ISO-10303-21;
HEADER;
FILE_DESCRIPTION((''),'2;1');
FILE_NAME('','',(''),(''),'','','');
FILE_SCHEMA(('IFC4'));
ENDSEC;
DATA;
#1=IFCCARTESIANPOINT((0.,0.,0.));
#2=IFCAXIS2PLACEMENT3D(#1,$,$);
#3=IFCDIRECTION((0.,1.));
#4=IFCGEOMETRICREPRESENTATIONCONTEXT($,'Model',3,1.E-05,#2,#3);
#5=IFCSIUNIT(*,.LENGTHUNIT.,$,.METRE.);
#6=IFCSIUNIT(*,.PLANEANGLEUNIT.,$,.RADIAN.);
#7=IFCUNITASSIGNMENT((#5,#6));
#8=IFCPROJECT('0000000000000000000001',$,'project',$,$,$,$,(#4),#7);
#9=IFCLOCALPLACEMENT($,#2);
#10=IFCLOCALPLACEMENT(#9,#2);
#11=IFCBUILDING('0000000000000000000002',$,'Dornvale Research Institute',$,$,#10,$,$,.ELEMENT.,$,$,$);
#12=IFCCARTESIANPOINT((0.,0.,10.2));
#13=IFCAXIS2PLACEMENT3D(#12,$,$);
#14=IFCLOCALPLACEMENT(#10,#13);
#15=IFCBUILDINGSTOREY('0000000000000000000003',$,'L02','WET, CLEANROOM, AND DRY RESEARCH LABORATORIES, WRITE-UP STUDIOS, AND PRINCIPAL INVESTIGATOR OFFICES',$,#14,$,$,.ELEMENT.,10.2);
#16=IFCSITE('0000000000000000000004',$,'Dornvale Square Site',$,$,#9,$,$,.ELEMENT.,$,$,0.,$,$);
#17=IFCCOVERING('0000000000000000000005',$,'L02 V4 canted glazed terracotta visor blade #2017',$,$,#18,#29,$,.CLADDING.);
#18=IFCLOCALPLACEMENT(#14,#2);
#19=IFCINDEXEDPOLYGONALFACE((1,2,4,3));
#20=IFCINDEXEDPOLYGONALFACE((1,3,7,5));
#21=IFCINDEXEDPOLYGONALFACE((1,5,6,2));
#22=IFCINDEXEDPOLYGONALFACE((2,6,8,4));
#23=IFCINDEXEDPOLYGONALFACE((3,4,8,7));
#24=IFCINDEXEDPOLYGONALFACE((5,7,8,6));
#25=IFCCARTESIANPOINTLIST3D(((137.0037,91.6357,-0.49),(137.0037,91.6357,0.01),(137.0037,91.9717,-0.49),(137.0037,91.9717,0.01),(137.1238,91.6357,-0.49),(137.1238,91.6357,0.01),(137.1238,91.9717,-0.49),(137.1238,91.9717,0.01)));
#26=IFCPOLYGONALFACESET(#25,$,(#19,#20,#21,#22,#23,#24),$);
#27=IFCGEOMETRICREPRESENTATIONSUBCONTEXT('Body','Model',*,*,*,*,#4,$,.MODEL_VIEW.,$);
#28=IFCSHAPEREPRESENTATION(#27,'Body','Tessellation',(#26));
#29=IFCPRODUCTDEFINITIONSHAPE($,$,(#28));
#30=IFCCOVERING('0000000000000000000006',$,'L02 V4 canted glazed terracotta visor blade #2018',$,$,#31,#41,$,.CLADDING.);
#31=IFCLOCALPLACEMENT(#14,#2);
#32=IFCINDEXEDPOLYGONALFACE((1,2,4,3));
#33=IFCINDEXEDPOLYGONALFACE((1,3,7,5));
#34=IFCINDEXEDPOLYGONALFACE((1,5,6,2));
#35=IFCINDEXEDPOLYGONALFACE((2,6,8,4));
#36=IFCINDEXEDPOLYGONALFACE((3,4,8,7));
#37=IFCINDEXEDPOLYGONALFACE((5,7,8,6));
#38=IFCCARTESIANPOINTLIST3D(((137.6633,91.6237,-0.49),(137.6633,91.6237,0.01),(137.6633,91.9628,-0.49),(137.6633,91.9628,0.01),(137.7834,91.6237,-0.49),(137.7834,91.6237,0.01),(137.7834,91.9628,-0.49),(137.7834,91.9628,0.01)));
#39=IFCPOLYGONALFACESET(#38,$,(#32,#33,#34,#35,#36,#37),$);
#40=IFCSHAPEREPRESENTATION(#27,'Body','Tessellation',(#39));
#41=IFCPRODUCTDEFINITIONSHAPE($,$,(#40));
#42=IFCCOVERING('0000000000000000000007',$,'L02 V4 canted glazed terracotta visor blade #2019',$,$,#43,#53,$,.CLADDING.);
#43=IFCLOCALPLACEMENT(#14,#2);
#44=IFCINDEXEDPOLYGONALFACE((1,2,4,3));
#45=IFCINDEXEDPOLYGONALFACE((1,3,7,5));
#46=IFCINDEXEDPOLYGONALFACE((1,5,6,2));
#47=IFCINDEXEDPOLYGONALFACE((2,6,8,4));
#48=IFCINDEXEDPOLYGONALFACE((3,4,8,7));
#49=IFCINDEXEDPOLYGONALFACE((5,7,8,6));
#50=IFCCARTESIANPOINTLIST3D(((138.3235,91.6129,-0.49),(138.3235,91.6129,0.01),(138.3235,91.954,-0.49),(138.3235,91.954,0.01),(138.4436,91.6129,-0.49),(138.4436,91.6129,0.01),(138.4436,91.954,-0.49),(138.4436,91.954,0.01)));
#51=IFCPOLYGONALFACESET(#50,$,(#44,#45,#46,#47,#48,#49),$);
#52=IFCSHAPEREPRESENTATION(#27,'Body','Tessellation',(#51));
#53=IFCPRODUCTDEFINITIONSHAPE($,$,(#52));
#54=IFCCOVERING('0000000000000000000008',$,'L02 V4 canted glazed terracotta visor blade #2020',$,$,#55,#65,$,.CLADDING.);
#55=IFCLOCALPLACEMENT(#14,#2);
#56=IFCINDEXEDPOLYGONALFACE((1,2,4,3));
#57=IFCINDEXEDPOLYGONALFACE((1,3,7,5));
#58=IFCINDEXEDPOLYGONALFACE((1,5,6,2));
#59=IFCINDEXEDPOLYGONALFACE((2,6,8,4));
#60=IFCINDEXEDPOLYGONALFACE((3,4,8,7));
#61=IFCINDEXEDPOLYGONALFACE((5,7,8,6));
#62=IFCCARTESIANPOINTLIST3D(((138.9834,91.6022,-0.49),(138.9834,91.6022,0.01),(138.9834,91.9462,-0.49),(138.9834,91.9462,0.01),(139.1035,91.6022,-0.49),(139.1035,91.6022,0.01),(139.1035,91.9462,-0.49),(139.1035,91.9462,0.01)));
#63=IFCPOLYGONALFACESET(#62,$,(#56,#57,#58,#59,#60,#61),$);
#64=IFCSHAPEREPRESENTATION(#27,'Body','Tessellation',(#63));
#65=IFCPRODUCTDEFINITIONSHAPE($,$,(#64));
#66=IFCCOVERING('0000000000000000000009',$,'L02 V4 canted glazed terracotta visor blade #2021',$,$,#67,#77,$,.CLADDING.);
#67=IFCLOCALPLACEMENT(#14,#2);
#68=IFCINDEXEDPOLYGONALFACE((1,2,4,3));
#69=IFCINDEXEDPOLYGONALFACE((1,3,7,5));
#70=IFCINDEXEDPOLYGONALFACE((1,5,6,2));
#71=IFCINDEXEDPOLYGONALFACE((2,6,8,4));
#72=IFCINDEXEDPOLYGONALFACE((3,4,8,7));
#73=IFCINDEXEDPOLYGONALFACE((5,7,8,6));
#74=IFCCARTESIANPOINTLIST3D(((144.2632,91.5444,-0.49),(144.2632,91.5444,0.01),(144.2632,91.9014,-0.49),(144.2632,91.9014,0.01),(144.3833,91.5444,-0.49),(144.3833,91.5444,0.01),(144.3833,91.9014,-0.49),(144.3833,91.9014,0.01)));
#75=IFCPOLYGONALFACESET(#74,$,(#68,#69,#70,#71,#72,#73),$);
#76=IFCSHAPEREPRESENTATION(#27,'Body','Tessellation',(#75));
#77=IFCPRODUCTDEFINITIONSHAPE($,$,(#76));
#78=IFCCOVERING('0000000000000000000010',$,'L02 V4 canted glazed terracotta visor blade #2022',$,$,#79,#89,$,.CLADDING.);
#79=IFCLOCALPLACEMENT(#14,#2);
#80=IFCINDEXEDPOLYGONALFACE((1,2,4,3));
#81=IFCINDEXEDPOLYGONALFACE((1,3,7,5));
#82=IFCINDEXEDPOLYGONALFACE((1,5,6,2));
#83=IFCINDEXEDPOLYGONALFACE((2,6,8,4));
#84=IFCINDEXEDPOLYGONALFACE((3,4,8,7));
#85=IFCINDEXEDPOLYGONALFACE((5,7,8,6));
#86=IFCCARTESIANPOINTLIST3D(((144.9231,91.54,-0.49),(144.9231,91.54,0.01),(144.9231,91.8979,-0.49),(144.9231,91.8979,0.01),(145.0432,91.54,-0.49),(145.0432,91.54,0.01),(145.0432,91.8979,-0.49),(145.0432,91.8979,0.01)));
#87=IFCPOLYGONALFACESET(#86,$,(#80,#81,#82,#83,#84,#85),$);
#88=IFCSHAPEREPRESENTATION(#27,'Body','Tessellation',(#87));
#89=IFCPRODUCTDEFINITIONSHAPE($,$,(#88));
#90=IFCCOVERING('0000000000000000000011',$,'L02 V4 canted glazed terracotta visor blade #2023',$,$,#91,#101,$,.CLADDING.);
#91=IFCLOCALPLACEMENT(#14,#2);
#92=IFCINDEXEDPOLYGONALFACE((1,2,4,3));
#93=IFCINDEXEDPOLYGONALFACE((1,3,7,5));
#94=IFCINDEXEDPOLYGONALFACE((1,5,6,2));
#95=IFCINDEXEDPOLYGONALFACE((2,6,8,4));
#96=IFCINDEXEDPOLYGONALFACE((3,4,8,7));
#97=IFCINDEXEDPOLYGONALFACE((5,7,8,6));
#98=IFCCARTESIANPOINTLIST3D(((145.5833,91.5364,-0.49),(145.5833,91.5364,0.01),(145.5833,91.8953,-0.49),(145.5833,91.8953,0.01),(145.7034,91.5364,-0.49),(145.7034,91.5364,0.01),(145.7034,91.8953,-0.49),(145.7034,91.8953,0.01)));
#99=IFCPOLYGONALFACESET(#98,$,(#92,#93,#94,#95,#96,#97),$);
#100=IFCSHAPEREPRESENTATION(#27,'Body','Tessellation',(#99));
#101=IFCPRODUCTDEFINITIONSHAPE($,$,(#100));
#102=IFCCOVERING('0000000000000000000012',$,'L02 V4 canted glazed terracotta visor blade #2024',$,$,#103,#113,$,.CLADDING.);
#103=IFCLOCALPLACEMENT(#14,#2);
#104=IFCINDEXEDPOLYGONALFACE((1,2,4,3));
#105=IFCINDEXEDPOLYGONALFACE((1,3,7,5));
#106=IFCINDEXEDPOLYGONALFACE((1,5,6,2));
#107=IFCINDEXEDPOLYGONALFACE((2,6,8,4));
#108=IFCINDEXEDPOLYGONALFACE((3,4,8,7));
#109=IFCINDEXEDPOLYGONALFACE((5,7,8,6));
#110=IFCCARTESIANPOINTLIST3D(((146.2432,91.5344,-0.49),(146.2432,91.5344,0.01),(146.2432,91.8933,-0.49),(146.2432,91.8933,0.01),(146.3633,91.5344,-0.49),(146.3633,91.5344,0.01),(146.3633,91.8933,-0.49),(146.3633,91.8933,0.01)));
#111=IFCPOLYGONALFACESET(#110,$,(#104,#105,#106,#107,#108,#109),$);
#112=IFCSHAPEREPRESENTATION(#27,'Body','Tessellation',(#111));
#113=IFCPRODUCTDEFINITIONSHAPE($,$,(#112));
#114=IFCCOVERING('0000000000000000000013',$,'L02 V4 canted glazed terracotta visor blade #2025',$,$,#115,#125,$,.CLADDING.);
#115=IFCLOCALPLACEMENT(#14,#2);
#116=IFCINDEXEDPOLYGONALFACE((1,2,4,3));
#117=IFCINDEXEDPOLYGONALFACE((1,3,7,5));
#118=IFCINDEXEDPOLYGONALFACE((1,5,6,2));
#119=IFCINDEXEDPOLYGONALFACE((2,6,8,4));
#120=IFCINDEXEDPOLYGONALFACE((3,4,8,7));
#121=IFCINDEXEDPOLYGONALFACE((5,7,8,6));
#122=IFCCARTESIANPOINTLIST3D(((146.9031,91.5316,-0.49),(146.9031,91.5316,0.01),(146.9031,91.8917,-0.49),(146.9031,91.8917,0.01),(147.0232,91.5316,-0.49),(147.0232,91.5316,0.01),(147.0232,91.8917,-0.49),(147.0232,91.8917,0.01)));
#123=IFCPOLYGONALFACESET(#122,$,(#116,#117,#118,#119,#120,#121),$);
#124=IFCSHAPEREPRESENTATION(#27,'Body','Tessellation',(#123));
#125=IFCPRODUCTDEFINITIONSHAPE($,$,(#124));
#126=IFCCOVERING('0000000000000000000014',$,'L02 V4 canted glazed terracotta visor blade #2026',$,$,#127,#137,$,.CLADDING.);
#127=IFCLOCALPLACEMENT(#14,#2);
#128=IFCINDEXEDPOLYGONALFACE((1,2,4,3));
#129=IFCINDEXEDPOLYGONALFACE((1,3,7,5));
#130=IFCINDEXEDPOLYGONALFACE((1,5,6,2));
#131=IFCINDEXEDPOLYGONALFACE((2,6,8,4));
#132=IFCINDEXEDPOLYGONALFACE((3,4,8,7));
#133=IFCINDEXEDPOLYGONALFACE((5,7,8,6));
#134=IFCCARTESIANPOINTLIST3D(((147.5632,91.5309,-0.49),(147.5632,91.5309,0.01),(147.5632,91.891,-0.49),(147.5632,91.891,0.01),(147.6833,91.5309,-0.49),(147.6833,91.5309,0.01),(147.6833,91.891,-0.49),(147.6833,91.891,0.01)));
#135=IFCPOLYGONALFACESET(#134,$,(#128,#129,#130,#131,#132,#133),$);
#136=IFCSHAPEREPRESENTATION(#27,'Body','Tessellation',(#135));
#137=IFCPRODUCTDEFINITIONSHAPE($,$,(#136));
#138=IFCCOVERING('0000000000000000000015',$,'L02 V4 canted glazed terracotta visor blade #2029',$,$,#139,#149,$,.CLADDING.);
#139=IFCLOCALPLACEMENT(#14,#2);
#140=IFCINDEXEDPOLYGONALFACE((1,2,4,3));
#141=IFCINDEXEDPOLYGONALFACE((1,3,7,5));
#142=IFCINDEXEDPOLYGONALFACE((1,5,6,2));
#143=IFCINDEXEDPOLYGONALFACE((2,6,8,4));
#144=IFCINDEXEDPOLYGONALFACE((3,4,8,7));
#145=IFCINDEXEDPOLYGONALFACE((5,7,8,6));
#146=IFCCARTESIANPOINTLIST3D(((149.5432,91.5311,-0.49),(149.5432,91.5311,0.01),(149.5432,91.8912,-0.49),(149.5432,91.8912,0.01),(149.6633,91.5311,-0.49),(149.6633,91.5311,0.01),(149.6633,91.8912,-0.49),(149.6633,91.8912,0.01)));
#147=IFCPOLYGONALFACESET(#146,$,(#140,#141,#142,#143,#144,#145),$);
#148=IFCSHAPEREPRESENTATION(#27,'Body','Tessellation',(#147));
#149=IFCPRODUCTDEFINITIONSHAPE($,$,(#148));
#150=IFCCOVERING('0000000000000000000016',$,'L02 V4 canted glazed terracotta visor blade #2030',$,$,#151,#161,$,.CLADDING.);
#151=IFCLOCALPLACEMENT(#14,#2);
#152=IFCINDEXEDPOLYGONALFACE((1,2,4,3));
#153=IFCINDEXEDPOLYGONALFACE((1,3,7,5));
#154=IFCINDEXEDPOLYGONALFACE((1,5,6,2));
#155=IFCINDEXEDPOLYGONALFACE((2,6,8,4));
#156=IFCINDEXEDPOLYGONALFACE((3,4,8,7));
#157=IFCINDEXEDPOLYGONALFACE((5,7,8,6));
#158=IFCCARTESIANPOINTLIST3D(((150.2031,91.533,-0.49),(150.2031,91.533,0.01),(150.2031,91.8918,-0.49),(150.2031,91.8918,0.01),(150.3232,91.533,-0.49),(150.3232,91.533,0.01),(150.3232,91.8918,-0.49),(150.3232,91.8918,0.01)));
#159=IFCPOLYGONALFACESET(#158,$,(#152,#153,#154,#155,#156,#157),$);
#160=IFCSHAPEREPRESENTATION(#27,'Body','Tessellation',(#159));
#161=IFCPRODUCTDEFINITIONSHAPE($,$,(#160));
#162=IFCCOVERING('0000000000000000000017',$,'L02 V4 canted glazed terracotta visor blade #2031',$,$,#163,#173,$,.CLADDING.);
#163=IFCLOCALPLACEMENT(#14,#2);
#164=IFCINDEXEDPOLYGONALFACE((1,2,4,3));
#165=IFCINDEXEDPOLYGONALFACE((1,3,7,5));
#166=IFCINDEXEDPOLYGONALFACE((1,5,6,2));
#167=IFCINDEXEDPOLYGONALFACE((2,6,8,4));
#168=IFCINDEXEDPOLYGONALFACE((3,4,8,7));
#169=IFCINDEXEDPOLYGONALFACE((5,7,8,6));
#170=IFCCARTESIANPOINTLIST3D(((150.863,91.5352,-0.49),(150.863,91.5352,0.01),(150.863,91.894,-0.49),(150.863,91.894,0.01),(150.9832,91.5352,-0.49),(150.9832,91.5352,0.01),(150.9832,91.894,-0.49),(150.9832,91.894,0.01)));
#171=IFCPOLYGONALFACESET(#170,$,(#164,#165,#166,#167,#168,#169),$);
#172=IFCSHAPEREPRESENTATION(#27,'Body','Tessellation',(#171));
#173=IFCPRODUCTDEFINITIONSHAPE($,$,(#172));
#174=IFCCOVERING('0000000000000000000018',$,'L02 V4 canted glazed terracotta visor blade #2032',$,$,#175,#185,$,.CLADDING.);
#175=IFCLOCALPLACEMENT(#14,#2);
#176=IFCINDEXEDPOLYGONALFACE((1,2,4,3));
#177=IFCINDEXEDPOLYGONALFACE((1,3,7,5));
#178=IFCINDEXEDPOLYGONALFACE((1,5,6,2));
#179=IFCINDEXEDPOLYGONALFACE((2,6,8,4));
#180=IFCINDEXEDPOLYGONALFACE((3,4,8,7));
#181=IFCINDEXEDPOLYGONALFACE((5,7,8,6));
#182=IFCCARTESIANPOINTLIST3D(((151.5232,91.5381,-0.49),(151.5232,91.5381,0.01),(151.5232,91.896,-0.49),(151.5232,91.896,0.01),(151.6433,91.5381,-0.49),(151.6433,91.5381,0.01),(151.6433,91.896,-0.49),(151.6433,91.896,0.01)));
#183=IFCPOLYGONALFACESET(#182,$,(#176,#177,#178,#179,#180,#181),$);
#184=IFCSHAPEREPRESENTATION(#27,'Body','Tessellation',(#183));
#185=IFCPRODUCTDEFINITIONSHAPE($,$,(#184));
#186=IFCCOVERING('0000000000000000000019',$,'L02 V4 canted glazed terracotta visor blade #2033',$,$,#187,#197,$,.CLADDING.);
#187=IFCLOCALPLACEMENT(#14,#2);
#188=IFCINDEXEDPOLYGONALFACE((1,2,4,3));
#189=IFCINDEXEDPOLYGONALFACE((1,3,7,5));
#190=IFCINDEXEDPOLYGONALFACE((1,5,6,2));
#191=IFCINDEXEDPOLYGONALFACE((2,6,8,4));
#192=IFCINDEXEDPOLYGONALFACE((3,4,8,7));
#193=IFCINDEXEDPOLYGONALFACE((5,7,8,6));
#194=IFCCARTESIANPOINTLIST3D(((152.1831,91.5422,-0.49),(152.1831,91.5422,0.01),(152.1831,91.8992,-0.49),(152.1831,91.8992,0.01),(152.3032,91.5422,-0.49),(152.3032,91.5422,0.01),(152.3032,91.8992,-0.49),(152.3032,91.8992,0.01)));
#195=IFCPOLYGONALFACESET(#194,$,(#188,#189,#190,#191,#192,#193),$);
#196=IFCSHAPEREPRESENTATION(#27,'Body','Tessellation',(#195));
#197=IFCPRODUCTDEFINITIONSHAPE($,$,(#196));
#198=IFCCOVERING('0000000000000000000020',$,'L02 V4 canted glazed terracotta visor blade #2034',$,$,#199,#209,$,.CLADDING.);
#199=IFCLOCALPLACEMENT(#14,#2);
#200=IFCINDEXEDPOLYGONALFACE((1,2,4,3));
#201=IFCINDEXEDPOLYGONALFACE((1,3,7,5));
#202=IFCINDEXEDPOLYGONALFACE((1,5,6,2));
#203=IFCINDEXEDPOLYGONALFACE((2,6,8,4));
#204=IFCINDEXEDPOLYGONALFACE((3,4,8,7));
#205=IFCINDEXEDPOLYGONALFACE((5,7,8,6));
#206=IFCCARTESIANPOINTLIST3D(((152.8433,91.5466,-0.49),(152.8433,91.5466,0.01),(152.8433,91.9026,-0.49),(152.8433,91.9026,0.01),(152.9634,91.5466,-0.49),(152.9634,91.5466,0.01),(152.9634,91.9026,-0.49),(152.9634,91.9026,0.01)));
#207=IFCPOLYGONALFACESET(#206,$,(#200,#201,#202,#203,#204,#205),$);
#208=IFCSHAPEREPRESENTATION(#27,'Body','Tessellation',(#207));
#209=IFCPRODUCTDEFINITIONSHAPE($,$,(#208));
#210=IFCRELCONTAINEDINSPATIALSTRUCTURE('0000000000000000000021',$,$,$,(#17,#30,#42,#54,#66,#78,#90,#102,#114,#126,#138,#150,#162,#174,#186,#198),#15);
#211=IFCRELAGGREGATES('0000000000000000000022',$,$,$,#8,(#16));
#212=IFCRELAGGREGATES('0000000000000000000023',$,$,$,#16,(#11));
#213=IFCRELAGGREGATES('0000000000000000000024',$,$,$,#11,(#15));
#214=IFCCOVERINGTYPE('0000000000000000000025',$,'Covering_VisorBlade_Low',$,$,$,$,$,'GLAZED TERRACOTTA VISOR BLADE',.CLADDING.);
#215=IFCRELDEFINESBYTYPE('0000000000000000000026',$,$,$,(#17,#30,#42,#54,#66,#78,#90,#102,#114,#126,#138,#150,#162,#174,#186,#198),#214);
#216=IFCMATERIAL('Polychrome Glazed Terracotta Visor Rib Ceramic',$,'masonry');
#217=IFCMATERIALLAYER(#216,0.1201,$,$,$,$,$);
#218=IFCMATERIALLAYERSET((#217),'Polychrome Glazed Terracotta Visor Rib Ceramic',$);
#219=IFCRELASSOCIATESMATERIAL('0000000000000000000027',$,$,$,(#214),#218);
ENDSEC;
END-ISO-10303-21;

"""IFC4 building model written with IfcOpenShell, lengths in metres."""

from ifc_helpers import new_model, si_unit, direction, frame, origin, origin_2d, place, context, subcontext, project, spatial, rectangle, extrude, material, layer, layer_set, type_object, element, save


model = new_model("IFC4")

# Units and contexts
model_context = context("Model", 3, precision=1e-05, world=origin(), true_north=direction((0.0, 1.0)))
body_context = subcontext(model_context, "Body", "Model", "MODEL_VIEW")
ifc_project = project(units=[si_unit("LENGTHUNIT", "METRE"), si_unit("PLANEANGLEUNIT", "RADIAN")], contexts=[model_context])

# Site, building, storey
site_placement = place(None, origin())
site = spatial("IfcSite", under=ifc_project, at=site_placement, Name="Dornvale Square Site", CompositionType="ELEMENT", RefElevation=0.0)
building_placement = place(site_placement, origin())
building = spatial("IfcBuilding", under=site, at=building_placement, Name="Dornvale Research Institute", CompositionType="ELEMENT")
storey_placement = place(building_placement, frame((0.0, 0.0, 10.2)))
storey = spatial("IfcBuildingStorey", under=building, at=storey_placement, Name="L02", Description="WET, CLEANROOM, AND DRY RESEARCH LABORATORIES, WRITE-UP STUDIOS, AND PRINCIPAL INVESTIGATOR OFFICES", CompositionType="ELEMENT", Elevation=10.2)

# Coverings
ifc_material = material(Name="Polychrome Glazed Terracotta Visor Rib Ceramic", Category="masonry")
ifc_layer = layer(ifc_material, 0.1201)
ifc_layer_set = layer_set([ifc_layer], Name="Polychrome Glazed Terracotta Visor Rib Ceramic")
covering_type = type_object("IfcCoveringType", Name="Covering_VisorBlade_Low", ElementType="GLAZED TERRACOTTA VISOR BLADE", PredefinedType="CLADDING", material=ifc_layer_set)
covering_1_placement = place(storey_placement, frame((137.0637, 91.8037, -0.49), z_axis=(0.0, 0.0, 1.0), x_axis=(0.0, 1.0, 0.0)))
element("IfcCovering", 1, at=covering_1_placement, inside=storey, type_object=covering_type, Name="L02 V4 canted glazed terracotta visor blade #2017", PredefinedType="CLADDING", context=body_context, shape_type="SweptSolid", body=[
    extrude(rectangle(XDim=0.3359, YDim=0.1201, at=origin_2d()), origin(), (0.0, 0.0, 1.0), 0.5),
])
covering_2_placement = place(storey_placement, frame((137.7234, 91.7932, -0.49), z_axis=(0.0, 0.0, 1.0), x_axis=(0.0, 1.0, 0.0)))
element("IfcCovering", 2, at=covering_2_placement, inside=storey, type_object=covering_type, Name="L02 V4 canted glazed terracotta visor blade #2018", PredefinedType="CLADDING", context=body_context, shape_type="SweptSolid", body=[
    extrude(rectangle(XDim=0.3391, YDim=0.1201, at=origin_2d()), origin(), (0.0, 0.0, 1.0), 0.5),
])
covering_3_placement = place(storey_placement, frame((138.3835, 91.7834, -0.49), z_axis=(0.0, 0.0, 1.0), x_axis=(0.0, 1.0, 0.0)))
element("IfcCovering", 3, at=covering_3_placement, inside=storey, type_object=covering_type, Name="L02 V4 canted glazed terracotta visor blade #2019", PredefinedType="CLADDING", context=body_context, shape_type="SweptSolid", body=[
    extrude(rectangle(XDim=0.3411, YDim=0.1201, at=origin_2d()), origin(), (0.0, 0.0, 1.0), 0.5),
])
covering_4_placement = place(storey_placement, frame((139.0435, 91.7742, -0.49), z_axis=(0.0, 0.0, 1.0), x_axis=(0.0, 1.0, 0.0)))
element("IfcCovering", 4, at=covering_4_placement, inside=storey, type_object=covering_type, Name="L02 V4 canted glazed terracotta visor blade #2020", PredefinedType="CLADDING", context=body_context, shape_type="SweptSolid", body=[
    extrude(rectangle(XDim=0.344, YDim=0.1201, at=origin_2d()), origin(), (0.0, 0.0, 1.0), 0.5),
])
covering_5_placement = place(storey_placement, frame((144.3232, 91.7229, -0.49), z_axis=(0.0, 0.0, 1.0), x_axis=(0.0, 1.0, 0.0)))
element("IfcCovering", 5, at=covering_5_placement, inside=storey, type_object=covering_type, Name="L02 V4 canted glazed terracotta visor blade #2021", PredefinedType="CLADDING", context=body_context, shape_type="SweptSolid", body=[
    extrude(rectangle(XDim=0.3569, YDim=0.1201, at=origin_2d()), origin(), (0.0, 0.0, 1.0), 0.5),
])
covering_6_placement = place(storey_placement, frame((144.9832, 91.719, -0.49), z_axis=(0.0, 0.0, 1.0), x_axis=(0.0, 1.0, 0.0)))
element("IfcCovering", 6, at=covering_6_placement, inside=storey, type_object=covering_type, Name="L02 V4 canted glazed terracotta visor blade #2022", PredefinedType="CLADDING", context=body_context, shape_type="SweptSolid", body=[
    extrude(rectangle(XDim=0.3579, YDim=0.1201, at=origin_2d()), origin(), (0.0, 0.0, 1.0), 0.5),
])
for number, where, z_axis, x_axis, name in (
    (7, (145.6433, 91.7158, -0.49), (0.0, 0.0, 1.0), (0.0, 1.0, 0.0), "L02 V4 canted glazed terracotta visor blade #2023"),
    (8, (146.3032, 91.7139, -0.49), (0.0, 0.0, 1.0), (0.0, 1.0, 0.0), "L02 V4 canted glazed terracotta visor blade #2024"),
):
    element("IfcCovering", number, at=place(storey_placement, frame(where, z_axis=z_axis, x_axis=x_axis)), inside=storey, type_object=covering_type, Name=name, PredefinedType="CLADDING", context=body_context, shape_type="SweptSolid", body=[
        extrude(rectangle(XDim=0.3589, YDim=0.1201, at=origin_2d()), origin(), (0.0, 0.0, 1.0), 0.5),
    ])
for number, where, z_axis, x_axis, name in (
    (9, (146.9631, 91.7117, -0.49), (0.0, 0.0, 1.0), (0.0, 1.0, 0.0), "L02 V4 canted glazed terracotta visor blade #2025"),
    (10, (147.6233, 91.7109, -0.49), (0.0, 0.0, 1.0), (0.0, 1.0, 0.0), "L02 V4 canted glazed terracotta visor blade #2026"),
    (11, (149.6033, 91.7112, -0.49), (0.0, 0.0, 1.0), (0.0, 1.0, 0.0), "L02 V4 canted glazed terracotta visor blade #2029"),
):
    element("IfcCovering", number, at=place(storey_placement, frame(where, z_axis=z_axis, x_axis=x_axis)), inside=storey, type_object=covering_type, Name=name, PredefinedType="CLADDING", context=body_context, shape_type="SweptSolid", body=[
        extrude(rectangle(XDim=0.3601, YDim=0.1201, at=origin_2d()), origin(), (0.0, 0.0, 1.0), 0.5),
    ])
for number, where, z_axis, x_axis, name in (
    (12, (150.2632, 91.7124, -0.49), (0.0, 0.0, 1.0), (0.0, 1.0, 0.0), "L02 V4 canted glazed terracotta visor blade #2030"),
    (13, (150.9231, 91.7146, -0.49), (0.0, 0.0, 1.0), (0.0, 1.0, 0.0), "L02 V4 canted glazed terracotta visor blade #2031"),
):
    element("IfcCovering", number, at=place(storey_placement, frame(where, z_axis=z_axis, x_axis=x_axis)), inside=storey, type_object=covering_type, Name=name, PredefinedType="CLADDING", context=body_context, shape_type="SweptSolid", body=[
        extrude(rectangle(XDim=0.3589, YDim=0.1201, at=origin_2d()), origin(), (0.0, 0.0, 1.0), 0.5),
    ])
covering_7_placement = place(storey_placement, frame((151.5833, 91.717, -0.49), z_axis=(0.0, 0.0, 1.0), x_axis=(0.0, 1.0, 0.0)))
element("IfcCovering", 14, at=covering_7_placement, inside=storey, type_object=covering_type, Name="L02 V4 canted glazed terracotta visor blade #2032", PredefinedType="CLADDING", context=body_context, shape_type="SweptSolid", body=[
    extrude(rectangle(XDim=0.3579, YDim=0.1201, at=origin_2d()), origin(), (0.0, 0.0, 1.0), 0.5),
])
covering_8_placement = place(storey_placement, frame((152.2432, 91.7207, -0.49), z_axis=(0.0, 0.0, 1.0), x_axis=(0.0, 1.0, 0.0)))
element("IfcCovering", 15, at=covering_8_placement, inside=storey, type_object=covering_type, Name="L02 V4 canted glazed terracotta visor blade #2033", PredefinedType="CLADDING", context=body_context, shape_type="SweptSolid", body=[
    extrude(rectangle(XDim=0.3569, YDim=0.1201, at=origin_2d()), origin(), (0.0, 0.0, 1.0), 0.5),
])
covering_9_placement = place(storey_placement, frame((152.9033, 91.7246, -0.49), z_axis=(0.0, 0.0, 1.0), x_axis=(0.0, 1.0, 0.0)))
element("IfcCovering", 16, at=covering_9_placement, inside=storey, type_object=covering_type, Name="L02 V4 canted glazed terracotta visor blade #2034", PredefinedType="CLADDING", context=body_context, shape_type="SweptSolid", body=[
    extrude(rectangle(XDim=0.356, YDim=0.1201, at=origin_2d()), origin(), (0.0, 0.0, 1.0), 0.5),
])

save(model, "model.ifc")
